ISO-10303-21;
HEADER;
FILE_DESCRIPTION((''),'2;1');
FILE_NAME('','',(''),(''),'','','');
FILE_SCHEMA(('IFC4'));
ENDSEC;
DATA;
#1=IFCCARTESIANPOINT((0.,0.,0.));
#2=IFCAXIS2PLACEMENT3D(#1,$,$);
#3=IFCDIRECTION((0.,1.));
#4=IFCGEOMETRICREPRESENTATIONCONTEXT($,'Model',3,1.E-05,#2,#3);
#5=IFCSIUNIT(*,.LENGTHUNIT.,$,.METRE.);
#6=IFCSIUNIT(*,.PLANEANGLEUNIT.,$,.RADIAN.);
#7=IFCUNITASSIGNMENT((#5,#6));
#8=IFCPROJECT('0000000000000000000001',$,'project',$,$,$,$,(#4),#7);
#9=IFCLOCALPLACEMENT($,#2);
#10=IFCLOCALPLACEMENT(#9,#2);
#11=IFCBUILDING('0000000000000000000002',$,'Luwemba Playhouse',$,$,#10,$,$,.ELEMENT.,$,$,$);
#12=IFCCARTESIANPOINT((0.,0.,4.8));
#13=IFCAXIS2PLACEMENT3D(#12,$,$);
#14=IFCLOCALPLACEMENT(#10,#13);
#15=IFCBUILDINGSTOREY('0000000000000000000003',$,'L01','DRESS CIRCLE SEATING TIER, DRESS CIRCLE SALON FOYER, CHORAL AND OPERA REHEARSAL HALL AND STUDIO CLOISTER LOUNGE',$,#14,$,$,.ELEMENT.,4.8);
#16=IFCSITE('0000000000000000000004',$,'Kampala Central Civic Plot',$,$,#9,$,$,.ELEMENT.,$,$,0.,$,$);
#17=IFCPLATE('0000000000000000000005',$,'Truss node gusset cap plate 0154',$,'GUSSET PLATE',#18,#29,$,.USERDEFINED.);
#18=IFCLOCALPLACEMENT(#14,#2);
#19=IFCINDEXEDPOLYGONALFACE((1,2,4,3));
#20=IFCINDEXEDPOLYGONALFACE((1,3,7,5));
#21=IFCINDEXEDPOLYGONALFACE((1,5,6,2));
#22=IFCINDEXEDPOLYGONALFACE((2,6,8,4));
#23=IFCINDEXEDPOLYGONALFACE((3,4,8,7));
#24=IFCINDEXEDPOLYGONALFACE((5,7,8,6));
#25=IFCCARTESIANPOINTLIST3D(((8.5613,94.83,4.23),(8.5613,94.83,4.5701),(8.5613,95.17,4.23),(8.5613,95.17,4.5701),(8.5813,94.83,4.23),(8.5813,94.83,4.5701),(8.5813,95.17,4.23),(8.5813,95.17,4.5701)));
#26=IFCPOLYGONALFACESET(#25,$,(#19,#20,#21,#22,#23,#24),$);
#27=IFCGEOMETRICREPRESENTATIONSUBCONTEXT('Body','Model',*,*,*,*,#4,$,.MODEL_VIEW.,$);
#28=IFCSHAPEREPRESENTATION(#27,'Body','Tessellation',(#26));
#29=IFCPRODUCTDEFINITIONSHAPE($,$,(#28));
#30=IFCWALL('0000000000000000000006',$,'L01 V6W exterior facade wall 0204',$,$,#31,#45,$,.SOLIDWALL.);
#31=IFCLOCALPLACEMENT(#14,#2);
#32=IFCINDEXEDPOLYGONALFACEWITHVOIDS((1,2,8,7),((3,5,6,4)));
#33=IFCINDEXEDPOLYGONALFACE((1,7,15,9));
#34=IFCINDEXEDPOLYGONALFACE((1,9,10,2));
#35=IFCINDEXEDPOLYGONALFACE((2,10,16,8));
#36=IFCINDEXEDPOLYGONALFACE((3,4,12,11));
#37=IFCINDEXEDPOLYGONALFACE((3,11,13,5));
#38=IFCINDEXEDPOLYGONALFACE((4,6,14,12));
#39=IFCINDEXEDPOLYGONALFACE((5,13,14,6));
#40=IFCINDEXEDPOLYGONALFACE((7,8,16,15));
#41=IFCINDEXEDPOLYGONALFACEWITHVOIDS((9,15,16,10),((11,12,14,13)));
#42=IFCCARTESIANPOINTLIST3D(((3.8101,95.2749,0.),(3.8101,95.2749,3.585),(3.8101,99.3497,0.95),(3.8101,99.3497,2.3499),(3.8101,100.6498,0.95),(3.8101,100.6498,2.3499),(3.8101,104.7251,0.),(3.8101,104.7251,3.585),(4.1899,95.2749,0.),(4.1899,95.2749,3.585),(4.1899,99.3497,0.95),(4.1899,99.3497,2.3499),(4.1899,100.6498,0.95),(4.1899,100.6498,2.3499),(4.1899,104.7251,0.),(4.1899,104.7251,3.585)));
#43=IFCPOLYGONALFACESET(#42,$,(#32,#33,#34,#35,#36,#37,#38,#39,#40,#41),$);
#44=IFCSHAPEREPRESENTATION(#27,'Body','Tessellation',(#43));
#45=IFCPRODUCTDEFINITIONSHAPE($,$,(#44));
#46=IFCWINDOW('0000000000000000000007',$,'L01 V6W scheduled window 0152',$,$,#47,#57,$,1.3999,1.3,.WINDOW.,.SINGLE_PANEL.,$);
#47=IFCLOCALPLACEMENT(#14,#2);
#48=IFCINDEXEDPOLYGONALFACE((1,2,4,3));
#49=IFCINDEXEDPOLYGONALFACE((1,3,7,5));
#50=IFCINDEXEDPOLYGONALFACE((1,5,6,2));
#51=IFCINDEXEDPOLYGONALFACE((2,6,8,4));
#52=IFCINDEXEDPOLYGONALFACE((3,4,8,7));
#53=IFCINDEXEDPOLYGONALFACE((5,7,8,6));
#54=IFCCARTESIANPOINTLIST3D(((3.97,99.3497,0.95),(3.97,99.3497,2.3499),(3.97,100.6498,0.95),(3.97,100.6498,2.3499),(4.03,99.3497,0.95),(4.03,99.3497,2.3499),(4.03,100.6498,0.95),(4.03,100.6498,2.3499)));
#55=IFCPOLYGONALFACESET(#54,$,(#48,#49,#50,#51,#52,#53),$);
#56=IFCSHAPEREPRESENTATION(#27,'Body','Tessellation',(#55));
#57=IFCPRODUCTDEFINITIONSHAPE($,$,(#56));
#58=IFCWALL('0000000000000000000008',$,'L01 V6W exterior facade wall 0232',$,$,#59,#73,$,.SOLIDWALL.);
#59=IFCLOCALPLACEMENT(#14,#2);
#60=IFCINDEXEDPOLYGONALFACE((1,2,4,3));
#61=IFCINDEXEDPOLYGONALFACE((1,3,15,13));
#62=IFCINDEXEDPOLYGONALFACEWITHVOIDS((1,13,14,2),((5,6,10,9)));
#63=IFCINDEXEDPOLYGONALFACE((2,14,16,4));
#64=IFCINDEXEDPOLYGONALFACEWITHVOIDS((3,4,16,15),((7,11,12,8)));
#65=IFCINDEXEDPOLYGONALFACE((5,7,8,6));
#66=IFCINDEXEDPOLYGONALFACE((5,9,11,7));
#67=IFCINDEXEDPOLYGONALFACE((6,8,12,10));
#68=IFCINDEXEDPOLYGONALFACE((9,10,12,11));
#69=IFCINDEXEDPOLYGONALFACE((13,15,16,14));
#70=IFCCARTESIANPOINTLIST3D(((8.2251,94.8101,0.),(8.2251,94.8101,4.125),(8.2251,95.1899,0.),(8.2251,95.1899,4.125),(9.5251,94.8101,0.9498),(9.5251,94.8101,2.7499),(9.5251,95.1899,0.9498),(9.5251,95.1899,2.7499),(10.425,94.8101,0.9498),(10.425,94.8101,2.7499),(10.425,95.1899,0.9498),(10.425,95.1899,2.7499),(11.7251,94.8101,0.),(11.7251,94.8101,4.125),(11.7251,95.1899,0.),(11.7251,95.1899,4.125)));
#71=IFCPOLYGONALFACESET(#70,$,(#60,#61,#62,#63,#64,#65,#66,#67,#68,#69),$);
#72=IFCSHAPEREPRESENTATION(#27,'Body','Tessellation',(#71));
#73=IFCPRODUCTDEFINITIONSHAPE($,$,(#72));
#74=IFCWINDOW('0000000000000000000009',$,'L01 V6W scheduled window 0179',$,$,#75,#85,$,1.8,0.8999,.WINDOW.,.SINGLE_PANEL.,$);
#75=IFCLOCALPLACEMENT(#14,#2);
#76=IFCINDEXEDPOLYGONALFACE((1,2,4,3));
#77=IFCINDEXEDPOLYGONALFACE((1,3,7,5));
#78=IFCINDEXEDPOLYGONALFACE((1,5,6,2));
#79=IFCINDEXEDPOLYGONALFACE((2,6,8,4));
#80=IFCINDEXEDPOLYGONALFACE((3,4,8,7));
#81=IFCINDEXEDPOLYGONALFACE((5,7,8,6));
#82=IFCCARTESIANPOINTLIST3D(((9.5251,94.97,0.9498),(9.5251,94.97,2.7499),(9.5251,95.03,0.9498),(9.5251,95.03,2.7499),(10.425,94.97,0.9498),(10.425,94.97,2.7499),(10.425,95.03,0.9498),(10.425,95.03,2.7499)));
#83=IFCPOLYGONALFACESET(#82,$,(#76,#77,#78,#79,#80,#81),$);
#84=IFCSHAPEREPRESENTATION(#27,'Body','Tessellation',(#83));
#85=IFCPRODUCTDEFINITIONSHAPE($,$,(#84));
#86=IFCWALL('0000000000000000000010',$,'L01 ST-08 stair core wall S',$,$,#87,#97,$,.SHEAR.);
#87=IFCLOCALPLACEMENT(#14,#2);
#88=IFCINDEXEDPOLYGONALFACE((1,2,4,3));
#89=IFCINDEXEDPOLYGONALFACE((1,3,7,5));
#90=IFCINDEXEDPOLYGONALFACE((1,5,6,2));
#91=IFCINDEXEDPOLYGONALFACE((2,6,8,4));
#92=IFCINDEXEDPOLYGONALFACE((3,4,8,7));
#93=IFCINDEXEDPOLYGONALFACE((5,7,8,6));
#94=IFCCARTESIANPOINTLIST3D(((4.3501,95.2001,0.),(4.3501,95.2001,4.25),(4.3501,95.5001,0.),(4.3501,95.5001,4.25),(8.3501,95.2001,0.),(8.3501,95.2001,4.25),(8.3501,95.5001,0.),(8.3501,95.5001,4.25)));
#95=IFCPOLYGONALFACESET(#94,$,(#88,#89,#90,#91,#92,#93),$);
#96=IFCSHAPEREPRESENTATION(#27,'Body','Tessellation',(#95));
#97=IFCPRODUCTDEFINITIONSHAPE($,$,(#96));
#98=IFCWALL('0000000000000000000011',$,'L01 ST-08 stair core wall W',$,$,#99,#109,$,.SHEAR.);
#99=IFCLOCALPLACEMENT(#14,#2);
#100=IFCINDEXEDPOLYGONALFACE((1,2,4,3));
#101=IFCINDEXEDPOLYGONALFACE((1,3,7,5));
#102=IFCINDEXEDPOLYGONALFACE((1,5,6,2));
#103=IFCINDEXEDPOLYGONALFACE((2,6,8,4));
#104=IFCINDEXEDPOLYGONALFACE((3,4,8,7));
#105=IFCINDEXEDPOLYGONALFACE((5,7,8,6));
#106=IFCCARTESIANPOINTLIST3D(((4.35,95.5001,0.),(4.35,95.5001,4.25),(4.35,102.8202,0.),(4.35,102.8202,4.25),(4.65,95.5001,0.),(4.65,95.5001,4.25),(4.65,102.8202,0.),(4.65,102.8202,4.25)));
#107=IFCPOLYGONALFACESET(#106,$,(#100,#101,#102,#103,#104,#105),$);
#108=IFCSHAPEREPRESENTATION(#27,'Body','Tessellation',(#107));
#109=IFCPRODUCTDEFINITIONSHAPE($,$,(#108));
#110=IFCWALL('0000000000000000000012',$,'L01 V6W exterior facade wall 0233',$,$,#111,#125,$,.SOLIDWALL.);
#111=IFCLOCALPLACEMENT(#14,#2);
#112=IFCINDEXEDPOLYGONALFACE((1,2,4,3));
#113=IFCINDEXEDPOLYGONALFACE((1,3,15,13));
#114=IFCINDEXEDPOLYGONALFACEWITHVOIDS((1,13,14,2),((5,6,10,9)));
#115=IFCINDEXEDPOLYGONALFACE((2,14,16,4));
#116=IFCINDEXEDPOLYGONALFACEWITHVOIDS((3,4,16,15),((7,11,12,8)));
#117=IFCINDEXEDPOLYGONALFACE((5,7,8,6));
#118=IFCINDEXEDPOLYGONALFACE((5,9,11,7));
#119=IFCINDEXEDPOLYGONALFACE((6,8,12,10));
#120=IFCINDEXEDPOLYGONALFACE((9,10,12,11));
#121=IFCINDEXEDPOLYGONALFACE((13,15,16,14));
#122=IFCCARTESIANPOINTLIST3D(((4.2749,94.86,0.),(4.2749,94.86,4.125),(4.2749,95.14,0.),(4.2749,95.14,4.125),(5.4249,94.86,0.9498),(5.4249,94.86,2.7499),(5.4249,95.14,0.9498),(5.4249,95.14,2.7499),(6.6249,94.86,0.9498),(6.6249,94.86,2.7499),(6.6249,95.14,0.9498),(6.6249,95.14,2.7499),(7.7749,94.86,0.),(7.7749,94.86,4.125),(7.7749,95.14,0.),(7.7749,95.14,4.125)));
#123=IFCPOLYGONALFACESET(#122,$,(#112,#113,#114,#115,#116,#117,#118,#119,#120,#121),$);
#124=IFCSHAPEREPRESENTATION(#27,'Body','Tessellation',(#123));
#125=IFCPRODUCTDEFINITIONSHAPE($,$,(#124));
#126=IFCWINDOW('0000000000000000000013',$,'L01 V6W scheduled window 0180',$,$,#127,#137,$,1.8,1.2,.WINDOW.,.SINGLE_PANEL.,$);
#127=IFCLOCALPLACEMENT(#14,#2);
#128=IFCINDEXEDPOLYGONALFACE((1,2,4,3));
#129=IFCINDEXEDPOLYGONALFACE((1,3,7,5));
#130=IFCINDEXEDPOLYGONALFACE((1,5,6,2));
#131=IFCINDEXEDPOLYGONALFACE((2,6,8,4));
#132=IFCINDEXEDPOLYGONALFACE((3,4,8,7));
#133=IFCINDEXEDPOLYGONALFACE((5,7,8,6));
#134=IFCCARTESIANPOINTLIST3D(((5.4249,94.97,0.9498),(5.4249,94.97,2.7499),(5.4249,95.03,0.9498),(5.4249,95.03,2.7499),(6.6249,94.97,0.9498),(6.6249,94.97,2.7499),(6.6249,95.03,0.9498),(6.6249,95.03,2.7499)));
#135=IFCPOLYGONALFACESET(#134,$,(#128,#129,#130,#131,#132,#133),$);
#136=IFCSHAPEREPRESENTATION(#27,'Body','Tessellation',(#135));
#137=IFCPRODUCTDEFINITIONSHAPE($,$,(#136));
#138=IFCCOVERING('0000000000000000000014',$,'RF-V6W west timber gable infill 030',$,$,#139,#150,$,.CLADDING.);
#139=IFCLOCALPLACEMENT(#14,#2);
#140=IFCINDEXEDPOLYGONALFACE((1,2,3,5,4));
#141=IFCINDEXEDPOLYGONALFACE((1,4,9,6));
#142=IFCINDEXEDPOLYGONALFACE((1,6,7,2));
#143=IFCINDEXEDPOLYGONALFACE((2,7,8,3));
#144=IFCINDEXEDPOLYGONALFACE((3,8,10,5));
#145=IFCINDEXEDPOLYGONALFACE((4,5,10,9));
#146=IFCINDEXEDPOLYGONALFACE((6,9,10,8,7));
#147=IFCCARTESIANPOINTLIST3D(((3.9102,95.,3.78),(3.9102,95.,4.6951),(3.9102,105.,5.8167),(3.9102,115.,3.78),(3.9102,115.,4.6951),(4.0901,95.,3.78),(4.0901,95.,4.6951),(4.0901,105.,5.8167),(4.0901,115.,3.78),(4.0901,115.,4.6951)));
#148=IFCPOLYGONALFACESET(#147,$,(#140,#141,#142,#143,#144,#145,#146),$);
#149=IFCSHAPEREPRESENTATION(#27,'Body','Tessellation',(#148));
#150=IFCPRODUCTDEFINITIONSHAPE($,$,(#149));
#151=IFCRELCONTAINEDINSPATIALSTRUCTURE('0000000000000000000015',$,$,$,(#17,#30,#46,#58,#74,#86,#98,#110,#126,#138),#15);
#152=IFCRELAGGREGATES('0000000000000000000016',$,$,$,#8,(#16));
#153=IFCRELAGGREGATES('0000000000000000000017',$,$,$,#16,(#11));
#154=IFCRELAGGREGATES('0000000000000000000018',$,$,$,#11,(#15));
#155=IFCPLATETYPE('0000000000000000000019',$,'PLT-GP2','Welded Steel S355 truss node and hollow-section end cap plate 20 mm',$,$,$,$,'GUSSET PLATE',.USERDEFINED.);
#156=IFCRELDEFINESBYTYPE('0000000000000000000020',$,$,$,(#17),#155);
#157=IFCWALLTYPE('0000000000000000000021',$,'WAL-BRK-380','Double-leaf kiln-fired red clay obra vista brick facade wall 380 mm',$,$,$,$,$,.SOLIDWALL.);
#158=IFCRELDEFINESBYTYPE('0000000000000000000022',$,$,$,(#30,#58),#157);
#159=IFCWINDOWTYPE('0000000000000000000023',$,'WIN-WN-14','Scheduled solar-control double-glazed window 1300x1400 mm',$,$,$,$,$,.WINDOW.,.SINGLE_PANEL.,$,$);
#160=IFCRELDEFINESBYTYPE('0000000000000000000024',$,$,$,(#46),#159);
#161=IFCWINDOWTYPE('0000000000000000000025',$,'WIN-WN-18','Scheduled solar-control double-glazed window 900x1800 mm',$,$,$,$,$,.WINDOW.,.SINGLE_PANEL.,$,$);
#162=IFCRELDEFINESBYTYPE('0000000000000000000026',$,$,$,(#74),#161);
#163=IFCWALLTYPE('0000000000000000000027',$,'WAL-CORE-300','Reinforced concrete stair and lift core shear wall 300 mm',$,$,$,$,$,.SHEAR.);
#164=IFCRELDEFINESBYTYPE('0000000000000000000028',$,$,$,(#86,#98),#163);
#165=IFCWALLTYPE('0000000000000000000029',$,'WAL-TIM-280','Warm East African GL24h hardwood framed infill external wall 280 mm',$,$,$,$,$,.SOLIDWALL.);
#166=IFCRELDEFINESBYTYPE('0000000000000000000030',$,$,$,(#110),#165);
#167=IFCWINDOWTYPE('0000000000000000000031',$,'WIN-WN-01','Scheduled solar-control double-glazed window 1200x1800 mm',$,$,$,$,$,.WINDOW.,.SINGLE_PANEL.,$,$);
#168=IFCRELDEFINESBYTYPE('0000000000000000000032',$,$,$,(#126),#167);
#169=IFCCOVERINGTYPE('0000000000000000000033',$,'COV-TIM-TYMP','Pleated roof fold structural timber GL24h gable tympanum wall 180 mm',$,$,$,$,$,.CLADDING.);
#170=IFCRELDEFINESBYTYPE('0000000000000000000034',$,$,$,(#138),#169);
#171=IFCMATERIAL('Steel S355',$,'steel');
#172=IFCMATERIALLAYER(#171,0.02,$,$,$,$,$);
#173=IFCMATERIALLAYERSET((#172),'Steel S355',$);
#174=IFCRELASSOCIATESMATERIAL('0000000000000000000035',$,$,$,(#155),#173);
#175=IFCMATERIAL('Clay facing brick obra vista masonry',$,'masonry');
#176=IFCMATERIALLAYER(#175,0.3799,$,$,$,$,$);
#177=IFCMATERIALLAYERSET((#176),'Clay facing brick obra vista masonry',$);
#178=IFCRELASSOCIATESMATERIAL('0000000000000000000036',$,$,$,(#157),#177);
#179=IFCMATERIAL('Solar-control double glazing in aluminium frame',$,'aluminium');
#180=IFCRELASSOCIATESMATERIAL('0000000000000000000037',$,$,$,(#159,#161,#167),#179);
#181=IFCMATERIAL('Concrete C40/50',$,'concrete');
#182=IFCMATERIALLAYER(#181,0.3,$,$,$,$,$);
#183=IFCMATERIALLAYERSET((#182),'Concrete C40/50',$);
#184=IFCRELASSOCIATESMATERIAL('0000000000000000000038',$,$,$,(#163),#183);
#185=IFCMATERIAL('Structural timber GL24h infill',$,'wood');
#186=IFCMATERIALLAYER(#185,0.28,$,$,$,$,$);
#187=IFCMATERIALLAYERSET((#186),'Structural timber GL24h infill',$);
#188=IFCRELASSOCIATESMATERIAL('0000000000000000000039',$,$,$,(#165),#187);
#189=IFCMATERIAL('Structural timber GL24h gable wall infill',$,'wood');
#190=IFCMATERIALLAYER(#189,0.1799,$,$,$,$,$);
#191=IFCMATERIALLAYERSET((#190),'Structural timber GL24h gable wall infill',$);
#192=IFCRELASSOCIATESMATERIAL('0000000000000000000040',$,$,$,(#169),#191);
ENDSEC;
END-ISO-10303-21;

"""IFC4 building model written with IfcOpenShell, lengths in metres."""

from ifc_helpers import new_model, si_unit, direction, frame, frame_2d, origin, origin_2d, place, context, subcontext, project, spatial, polyline, rectangle, outline, extrude, material, layer, layer_set, type_object, element, fill, save


model = new_model("IFC4")

# Units and contexts
model_context = context("Model", 3, precision=1e-05, world=origin(), true_north=direction((0.0, 1.0)))
body_context = subcontext(model_context, "Body", "Model", "MODEL_VIEW")
ifc_project = project(units=[si_unit("LENGTHUNIT", "METRE"), si_unit("PLANEANGLEUNIT", "RADIAN")], contexts=[model_context])

# Site, building, storey
site_placement = place(None, origin())
site = spatial("IfcSite", under=ifc_project, at=site_placement, Name="Kampala Central Civic Plot", CompositionType="ELEMENT", RefElevation=0.0)
building_placement = place(site_placement, origin())
building = spatial("IfcBuilding", under=site, at=building_placement, Name="Luwemba Playhouse", CompositionType="ELEMENT")
storey_placement = place(building_placement, frame((0.0, 0.0, 4.8)))
storey = spatial("IfcBuildingStorey", under=building, at=storey_placement, Name="L01", Description="DRESS CIRCLE SEATING TIER, DRESS CIRCLE SALON FOYER, CHORAL AND OPERA REHEARSAL HALL AND STUDIO CLOISTER LOUNGE", CompositionType="ELEMENT", Elevation=4.8)

# Shared definitions
ifc_material_1 = material(Name="Concrete C40/50", Category="concrete")
ifc_material_2 = material(Name="Steel S355", Category="steel")

# Plate
ifc_layer_1 = layer(ifc_material_2, 0.02)
ifc_layer_set_1 = layer_set([ifc_layer_1], Name="Steel S355")
plate_type = type_object("IfcPlateType", Name="PLT-GP2", Description="Welded Steel S355 truss node and hollow-section end cap plate 20 mm", ElementType="GUSSET PLATE", PredefinedType="USERDEFINED", material=ifc_layer_set_1)
plate_placement = place(storey_placement, frame((8.5713, 95.0, 4.23), z_axis=(0.0, 0.0, 1.0), x_axis=(1.0, 0.0, 0.0)))
element("IfcPlate", 1, at=plate_placement, inside=storey, type_object=plate_type, Name="Truss node gusset cap plate 0154", ObjectType="GUSSET PLATE", PredefinedType="USERDEFINED", context=body_context, shape_type="SweptSolid", body=[
    extrude(rectangle(XDim=0.02, YDim=0.3401, at=origin_2d()), origin(), (0.0, 0.0, 1.0), 0.3401),
])

# Walls, openings, windows
ifc_material_3 = material(Name="Clay facing brick obra vista masonry", Category="masonry")
ifc_layer_2 = layer(ifc_material_3, 0.3799)
ifc_layer_set_2 = layer_set([ifc_layer_2], Name="Clay facing brick obra vista masonry")
wall_type_1 = type_object("IfcWallType", Name="WAL-BRK-380", Description="Double-leaf kiln-fired red clay obra vista brick facade wall 380 mm", PredefinedType="SOLIDWALL", material=ifc_layer_set_2)
wall_1_placement = place(storey_placement, frame((4.0, 95.2749, 0.0), z_axis=(0.0, 0.0, 1.0), x_axis=(0.0, 1.0, 0.0)))
wall_1 = element("IfcWall", 2, at=wall_1_placement, inside=storey, type_object=wall_type_1, Name="L01 V6W exterior facade wall 0204", PredefinedType="SOLIDWALL", context=body_context, shape_type="SweptSolid", body=[
    extrude(rectangle(XDim=9.4502, YDim=0.3799, at=frame_2d((4.7251, 0.0))), origin(), (0.0, 0.0, 1.0), 3.585),
])
opening_1_placement = place(wall_1_placement, frame((4.075, 0.0, 0.95)))
opening_1 = element("IfcOpeningElement", 3, at=opening_1_placement, cuts=wall_1, PredefinedType="OPENING", context=body_context, shape_type="SweptSolid", body=[
    extrude(rectangle(XDim=1.3, YDim=1.3999, at=frame_2d((0.6499, 0.7))), frame((0.0, 0.2, 0.0), z_axis=(0.0, -1.0, 0.0), x_axis=(1.0, 0.0, 0.0)), (0.0, 0.0, 1.0), 0.3999),
])
ifc_material_4 = material(Name="Solar-control double glazing in aluminium frame", Category="aluminium")
window_type_1 = type_object("IfcWindowType", Name="WIN-WN-14", Description="Scheduled solar-control double-glazed window 1300x1400 mm", PartitioningType="SINGLE_PANEL", PredefinedType="WINDOW", material=ifc_material_4)
window_1_placement = place(opening_1_placement, origin())
window_1 = element("IfcWindow", 4, at=window_1_placement, inside=storey, type_object=window_type_1, Name="L01 V6W scheduled window 0152", OverallHeight=1.3999, OverallWidth=1.3, PartitioningType="SINGLE_PANEL", PredefinedType="WINDOW", context=body_context, shape_type="SweptSolid", body=[
    extrude(rectangle(XDim=1.3, YDim=1.3999, at=frame_2d((0.6499, 0.7))), frame((0.0, 0.03, 0.0), z_axis=(0.0, -1.0, 0.0), x_axis=(1.0, 0.0, 0.0)), (0.0, 0.0, 1.0), 0.0601),
])
fill(opening_1, window_1)
wall_2_placement = place(storey_placement, frame((11.7251, 95.0, 0.0), z_axis=(0.0, 0.0, 1.0), x_axis=(-1.0, 0.0, 0.0)))
wall_2 = element("IfcWall", 5, at=wall_2_placement, inside=storey, type_object=wall_type_1, Name="L01 V6W exterior facade wall 0232", PredefinedType="SOLIDWALL", context=body_context, shape_type="SweptSolid", body=[
    extrude(rectangle(XDim=3.5, YDim=0.3799, at=frame_2d((1.75, 0.0))), origin(), (0.0, 0.0, 1.0), 4.125),
])
opening_2_placement = place(wall_2_placement, frame((1.3, 0.0, 0.95)))
opening_2 = element("IfcOpeningElement", 6, at=opening_2_placement, cuts=wall_2, PredefinedType="OPENING", context=body_context, shape_type="SweptSolid", body=[
    extrude(rectangle(XDim=0.8999, YDim=1.8, at=frame_2d((0.45, 0.8999))), frame((0.0, 0.2, 0.0), z_axis=(0.0, -1.0, 0.0), x_axis=(1.0, 0.0, 0.0)), (0.0, 0.0, 1.0), 0.3999),
])
window_type_2 = type_object("IfcWindowType", Name="WIN-WN-18", Description="Scheduled solar-control double-glazed window 900x1800 mm", PartitioningType="SINGLE_PANEL", PredefinedType="WINDOW", material=ifc_material_4)
window_2_placement = place(opening_2_placement, origin())
window_2 = element("IfcWindow", 7, at=window_2_placement, inside=storey, type_object=window_type_2, Name="L01 V6W scheduled window 0179", OverallHeight=1.8, OverallWidth=0.8999, PartitioningType="SINGLE_PANEL", PredefinedType="WINDOW", context=body_context, shape_type="SweptSolid", body=[
    extrude(rectangle(XDim=0.8999, YDim=1.8, at=frame_2d((0.45, 0.8999))), frame((0.0, 0.03, 0.0), z_axis=(0.0, -1.0, 0.0), x_axis=(1.0, 0.0, 0.0)), (0.0, 0.0, 1.0), 0.0601),
])
fill(opening_2, window_2)

# Walls
ifc_layer_3 = layer(ifc_material_1, 0.3)
ifc_layer_set_3 = layer_set([ifc_layer_3], Name="Concrete C40/50")
wall_type_2 = type_object("IfcWallType", Name="WAL-CORE-300", Description="Reinforced concrete stair and lift core shear wall 300 mm", PredefinedType="SHEAR", material=ifc_layer_set_3)
wall_3_placement = place(storey_placement, frame((4.3501, 95.3501, 0.0), z_axis=(0.0, 0.0, 1.0), x_axis=(1.0, 0.0, 0.0)))
element("IfcWall", 8, at=wall_3_placement, inside=storey, type_object=wall_type_2, Name="L01 ST-08 stair core wall S", PredefinedType="SHEAR", context=body_context, shape_type="SweptSolid", body=[
    extrude(rectangle(XDim=4.0, YDim=0.3, at=frame_2d((2.0, 0.0))), origin(), (0.0, 0.0, 1.0), 4.25),
])
wall_4_placement = place(storey_placement, frame((4.5, 95.5, 0.0), z_axis=(0.0, 0.0, 1.0), x_axis=(0.0, 1.0, 0.0)))
element("IfcWall", 9, at=wall_4_placement, inside=storey, type_object=wall_type_2, Name="L01 ST-08 stair core wall W", PredefinedType="SHEAR", context=body_context, shape_type="SweptSolid", body=[
    extrude(rectangle(XDim=7.3201, YDim=0.3, at=frame_2d((3.6602, 0.0))), origin(), (0.0, 0.0, 1.0), 4.25),
])

# Wall, opening, window
ifc_material_5 = material(Name="Structural timber GL24h infill", Category="wood")
ifc_layer_4 = layer(ifc_material_5, 0.28)
ifc_layer_set_4 = layer_set([ifc_layer_4], Name="Structural timber GL24h infill")
wall_type_3 = type_object("IfcWallType", Name="WAL-TIM-280", Description="Warm East African GL24h hardwood framed infill external wall 280 mm", PredefinedType="SOLIDWALL", material=ifc_layer_set_4)
wall_5_placement = place(storey_placement, frame((7.7749, 95.0, 0.0), z_axis=(0.0, 0.0, 1.0), x_axis=(-1.0, 0.0, 0.0)))
wall_5 = element("IfcWall", 10, at=wall_5_placement, inside=storey, type_object=wall_type_3, Name="L01 V6W exterior facade wall 0233", PredefinedType="SOLIDWALL", context=body_context, shape_type="SweptSolid", body=[
    extrude(rectangle(XDim=3.5, YDim=0.28, at=frame_2d((1.75, 0.0))), origin(), (0.0, 0.0, 1.0), 4.125),
])
opening_3_placement = place(wall_5_placement, frame((1.1499, 0.0, 0.95)))
opening_3 = element("IfcOpeningElement", 11, at=opening_3_placement, cuts=wall_5, PredefinedType="OPENING", context=body_context, shape_type="SweptSolid", body=[
    extrude(rectangle(XDim=1.2, YDim=1.8, at=frame_2d((0.6001, 0.8999))), frame((0.0, 0.1499, 0.0), z_axis=(0.0, -1.0, 0.0), x_axis=(1.0, 0.0, 0.0)), (0.0, 0.0, 1.0), 0.3),
])
window_type_3 = type_object("IfcWindowType", Name="WIN-WN-01", Description="Scheduled solar-control double-glazed window 1200x1800 mm", PartitioningType="SINGLE_PANEL", PredefinedType="WINDOW", material=ifc_material_4)
window_3_placement = place(opening_3_placement, origin())
window_3 = element("IfcWindow", 12, at=window_3_placement, inside=storey, type_object=window_type_3, Name="L01 V6W scheduled window 0180", OverallHeight=1.8, OverallWidth=1.2, PartitioningType="SINGLE_PANEL", PredefinedType="WINDOW", context=body_context, shape_type="SweptSolid", body=[
    extrude(rectangle(XDim=1.2, YDim=1.8, at=frame_2d((0.6001, 0.8999))), frame((0.0, 0.03, 0.0), z_axis=(0.0, -1.0, 0.0), x_axis=(1.0, 0.0, 0.0)), (0.0, 0.0, 1.0), 0.0601),
])
fill(opening_3, window_3)

# Covering
ifc_material_6 = material(Name="Structural timber GL24h gable wall infill", Category="wood")
ifc_layer_5 = layer(ifc_material_6, 0.1799)
ifc_layer_set_5 = layer_set([ifc_layer_5], Name="Structural timber GL24h gable wall infill")
covering_type = type_object("IfcCoveringType", Name="COV-TIM-TYMP", Description="Pleated roof fold structural timber GL24h gable tympanum wall 180 mm", PredefinedType="CLADDING", material=ifc_layer_set_5)
covering_placement = place(storey_placement, frame((4.0, 95.0, 3.78), z_axis=(0.0, 0.0, 1.0), x_axis=(0.0, 1.0, 0.0)))
element("IfcCovering", 13, at=covering_placement, inside=storey, type_object=covering_type, Name="RF-V6W west timber gable infill 030", PredefinedType="CLADDING", context=body_context, shape_type="SweptSolid", body=[
    extrude(outline(polyline([(0.0, 0.0), (20.0, 0.0), (20.0, 0.915), (10.0, 2.0366), (0.0, 0.915), (0.0, 0.0)])), frame((0.0, 0.0898, 0.0), z_axis=(0.0, -1.0, 0.0), x_axis=(1.0, 0.0, 0.0)), (0.0, 0.0, 1.0), 0.1799),
])

save(model, "model.ifc")
